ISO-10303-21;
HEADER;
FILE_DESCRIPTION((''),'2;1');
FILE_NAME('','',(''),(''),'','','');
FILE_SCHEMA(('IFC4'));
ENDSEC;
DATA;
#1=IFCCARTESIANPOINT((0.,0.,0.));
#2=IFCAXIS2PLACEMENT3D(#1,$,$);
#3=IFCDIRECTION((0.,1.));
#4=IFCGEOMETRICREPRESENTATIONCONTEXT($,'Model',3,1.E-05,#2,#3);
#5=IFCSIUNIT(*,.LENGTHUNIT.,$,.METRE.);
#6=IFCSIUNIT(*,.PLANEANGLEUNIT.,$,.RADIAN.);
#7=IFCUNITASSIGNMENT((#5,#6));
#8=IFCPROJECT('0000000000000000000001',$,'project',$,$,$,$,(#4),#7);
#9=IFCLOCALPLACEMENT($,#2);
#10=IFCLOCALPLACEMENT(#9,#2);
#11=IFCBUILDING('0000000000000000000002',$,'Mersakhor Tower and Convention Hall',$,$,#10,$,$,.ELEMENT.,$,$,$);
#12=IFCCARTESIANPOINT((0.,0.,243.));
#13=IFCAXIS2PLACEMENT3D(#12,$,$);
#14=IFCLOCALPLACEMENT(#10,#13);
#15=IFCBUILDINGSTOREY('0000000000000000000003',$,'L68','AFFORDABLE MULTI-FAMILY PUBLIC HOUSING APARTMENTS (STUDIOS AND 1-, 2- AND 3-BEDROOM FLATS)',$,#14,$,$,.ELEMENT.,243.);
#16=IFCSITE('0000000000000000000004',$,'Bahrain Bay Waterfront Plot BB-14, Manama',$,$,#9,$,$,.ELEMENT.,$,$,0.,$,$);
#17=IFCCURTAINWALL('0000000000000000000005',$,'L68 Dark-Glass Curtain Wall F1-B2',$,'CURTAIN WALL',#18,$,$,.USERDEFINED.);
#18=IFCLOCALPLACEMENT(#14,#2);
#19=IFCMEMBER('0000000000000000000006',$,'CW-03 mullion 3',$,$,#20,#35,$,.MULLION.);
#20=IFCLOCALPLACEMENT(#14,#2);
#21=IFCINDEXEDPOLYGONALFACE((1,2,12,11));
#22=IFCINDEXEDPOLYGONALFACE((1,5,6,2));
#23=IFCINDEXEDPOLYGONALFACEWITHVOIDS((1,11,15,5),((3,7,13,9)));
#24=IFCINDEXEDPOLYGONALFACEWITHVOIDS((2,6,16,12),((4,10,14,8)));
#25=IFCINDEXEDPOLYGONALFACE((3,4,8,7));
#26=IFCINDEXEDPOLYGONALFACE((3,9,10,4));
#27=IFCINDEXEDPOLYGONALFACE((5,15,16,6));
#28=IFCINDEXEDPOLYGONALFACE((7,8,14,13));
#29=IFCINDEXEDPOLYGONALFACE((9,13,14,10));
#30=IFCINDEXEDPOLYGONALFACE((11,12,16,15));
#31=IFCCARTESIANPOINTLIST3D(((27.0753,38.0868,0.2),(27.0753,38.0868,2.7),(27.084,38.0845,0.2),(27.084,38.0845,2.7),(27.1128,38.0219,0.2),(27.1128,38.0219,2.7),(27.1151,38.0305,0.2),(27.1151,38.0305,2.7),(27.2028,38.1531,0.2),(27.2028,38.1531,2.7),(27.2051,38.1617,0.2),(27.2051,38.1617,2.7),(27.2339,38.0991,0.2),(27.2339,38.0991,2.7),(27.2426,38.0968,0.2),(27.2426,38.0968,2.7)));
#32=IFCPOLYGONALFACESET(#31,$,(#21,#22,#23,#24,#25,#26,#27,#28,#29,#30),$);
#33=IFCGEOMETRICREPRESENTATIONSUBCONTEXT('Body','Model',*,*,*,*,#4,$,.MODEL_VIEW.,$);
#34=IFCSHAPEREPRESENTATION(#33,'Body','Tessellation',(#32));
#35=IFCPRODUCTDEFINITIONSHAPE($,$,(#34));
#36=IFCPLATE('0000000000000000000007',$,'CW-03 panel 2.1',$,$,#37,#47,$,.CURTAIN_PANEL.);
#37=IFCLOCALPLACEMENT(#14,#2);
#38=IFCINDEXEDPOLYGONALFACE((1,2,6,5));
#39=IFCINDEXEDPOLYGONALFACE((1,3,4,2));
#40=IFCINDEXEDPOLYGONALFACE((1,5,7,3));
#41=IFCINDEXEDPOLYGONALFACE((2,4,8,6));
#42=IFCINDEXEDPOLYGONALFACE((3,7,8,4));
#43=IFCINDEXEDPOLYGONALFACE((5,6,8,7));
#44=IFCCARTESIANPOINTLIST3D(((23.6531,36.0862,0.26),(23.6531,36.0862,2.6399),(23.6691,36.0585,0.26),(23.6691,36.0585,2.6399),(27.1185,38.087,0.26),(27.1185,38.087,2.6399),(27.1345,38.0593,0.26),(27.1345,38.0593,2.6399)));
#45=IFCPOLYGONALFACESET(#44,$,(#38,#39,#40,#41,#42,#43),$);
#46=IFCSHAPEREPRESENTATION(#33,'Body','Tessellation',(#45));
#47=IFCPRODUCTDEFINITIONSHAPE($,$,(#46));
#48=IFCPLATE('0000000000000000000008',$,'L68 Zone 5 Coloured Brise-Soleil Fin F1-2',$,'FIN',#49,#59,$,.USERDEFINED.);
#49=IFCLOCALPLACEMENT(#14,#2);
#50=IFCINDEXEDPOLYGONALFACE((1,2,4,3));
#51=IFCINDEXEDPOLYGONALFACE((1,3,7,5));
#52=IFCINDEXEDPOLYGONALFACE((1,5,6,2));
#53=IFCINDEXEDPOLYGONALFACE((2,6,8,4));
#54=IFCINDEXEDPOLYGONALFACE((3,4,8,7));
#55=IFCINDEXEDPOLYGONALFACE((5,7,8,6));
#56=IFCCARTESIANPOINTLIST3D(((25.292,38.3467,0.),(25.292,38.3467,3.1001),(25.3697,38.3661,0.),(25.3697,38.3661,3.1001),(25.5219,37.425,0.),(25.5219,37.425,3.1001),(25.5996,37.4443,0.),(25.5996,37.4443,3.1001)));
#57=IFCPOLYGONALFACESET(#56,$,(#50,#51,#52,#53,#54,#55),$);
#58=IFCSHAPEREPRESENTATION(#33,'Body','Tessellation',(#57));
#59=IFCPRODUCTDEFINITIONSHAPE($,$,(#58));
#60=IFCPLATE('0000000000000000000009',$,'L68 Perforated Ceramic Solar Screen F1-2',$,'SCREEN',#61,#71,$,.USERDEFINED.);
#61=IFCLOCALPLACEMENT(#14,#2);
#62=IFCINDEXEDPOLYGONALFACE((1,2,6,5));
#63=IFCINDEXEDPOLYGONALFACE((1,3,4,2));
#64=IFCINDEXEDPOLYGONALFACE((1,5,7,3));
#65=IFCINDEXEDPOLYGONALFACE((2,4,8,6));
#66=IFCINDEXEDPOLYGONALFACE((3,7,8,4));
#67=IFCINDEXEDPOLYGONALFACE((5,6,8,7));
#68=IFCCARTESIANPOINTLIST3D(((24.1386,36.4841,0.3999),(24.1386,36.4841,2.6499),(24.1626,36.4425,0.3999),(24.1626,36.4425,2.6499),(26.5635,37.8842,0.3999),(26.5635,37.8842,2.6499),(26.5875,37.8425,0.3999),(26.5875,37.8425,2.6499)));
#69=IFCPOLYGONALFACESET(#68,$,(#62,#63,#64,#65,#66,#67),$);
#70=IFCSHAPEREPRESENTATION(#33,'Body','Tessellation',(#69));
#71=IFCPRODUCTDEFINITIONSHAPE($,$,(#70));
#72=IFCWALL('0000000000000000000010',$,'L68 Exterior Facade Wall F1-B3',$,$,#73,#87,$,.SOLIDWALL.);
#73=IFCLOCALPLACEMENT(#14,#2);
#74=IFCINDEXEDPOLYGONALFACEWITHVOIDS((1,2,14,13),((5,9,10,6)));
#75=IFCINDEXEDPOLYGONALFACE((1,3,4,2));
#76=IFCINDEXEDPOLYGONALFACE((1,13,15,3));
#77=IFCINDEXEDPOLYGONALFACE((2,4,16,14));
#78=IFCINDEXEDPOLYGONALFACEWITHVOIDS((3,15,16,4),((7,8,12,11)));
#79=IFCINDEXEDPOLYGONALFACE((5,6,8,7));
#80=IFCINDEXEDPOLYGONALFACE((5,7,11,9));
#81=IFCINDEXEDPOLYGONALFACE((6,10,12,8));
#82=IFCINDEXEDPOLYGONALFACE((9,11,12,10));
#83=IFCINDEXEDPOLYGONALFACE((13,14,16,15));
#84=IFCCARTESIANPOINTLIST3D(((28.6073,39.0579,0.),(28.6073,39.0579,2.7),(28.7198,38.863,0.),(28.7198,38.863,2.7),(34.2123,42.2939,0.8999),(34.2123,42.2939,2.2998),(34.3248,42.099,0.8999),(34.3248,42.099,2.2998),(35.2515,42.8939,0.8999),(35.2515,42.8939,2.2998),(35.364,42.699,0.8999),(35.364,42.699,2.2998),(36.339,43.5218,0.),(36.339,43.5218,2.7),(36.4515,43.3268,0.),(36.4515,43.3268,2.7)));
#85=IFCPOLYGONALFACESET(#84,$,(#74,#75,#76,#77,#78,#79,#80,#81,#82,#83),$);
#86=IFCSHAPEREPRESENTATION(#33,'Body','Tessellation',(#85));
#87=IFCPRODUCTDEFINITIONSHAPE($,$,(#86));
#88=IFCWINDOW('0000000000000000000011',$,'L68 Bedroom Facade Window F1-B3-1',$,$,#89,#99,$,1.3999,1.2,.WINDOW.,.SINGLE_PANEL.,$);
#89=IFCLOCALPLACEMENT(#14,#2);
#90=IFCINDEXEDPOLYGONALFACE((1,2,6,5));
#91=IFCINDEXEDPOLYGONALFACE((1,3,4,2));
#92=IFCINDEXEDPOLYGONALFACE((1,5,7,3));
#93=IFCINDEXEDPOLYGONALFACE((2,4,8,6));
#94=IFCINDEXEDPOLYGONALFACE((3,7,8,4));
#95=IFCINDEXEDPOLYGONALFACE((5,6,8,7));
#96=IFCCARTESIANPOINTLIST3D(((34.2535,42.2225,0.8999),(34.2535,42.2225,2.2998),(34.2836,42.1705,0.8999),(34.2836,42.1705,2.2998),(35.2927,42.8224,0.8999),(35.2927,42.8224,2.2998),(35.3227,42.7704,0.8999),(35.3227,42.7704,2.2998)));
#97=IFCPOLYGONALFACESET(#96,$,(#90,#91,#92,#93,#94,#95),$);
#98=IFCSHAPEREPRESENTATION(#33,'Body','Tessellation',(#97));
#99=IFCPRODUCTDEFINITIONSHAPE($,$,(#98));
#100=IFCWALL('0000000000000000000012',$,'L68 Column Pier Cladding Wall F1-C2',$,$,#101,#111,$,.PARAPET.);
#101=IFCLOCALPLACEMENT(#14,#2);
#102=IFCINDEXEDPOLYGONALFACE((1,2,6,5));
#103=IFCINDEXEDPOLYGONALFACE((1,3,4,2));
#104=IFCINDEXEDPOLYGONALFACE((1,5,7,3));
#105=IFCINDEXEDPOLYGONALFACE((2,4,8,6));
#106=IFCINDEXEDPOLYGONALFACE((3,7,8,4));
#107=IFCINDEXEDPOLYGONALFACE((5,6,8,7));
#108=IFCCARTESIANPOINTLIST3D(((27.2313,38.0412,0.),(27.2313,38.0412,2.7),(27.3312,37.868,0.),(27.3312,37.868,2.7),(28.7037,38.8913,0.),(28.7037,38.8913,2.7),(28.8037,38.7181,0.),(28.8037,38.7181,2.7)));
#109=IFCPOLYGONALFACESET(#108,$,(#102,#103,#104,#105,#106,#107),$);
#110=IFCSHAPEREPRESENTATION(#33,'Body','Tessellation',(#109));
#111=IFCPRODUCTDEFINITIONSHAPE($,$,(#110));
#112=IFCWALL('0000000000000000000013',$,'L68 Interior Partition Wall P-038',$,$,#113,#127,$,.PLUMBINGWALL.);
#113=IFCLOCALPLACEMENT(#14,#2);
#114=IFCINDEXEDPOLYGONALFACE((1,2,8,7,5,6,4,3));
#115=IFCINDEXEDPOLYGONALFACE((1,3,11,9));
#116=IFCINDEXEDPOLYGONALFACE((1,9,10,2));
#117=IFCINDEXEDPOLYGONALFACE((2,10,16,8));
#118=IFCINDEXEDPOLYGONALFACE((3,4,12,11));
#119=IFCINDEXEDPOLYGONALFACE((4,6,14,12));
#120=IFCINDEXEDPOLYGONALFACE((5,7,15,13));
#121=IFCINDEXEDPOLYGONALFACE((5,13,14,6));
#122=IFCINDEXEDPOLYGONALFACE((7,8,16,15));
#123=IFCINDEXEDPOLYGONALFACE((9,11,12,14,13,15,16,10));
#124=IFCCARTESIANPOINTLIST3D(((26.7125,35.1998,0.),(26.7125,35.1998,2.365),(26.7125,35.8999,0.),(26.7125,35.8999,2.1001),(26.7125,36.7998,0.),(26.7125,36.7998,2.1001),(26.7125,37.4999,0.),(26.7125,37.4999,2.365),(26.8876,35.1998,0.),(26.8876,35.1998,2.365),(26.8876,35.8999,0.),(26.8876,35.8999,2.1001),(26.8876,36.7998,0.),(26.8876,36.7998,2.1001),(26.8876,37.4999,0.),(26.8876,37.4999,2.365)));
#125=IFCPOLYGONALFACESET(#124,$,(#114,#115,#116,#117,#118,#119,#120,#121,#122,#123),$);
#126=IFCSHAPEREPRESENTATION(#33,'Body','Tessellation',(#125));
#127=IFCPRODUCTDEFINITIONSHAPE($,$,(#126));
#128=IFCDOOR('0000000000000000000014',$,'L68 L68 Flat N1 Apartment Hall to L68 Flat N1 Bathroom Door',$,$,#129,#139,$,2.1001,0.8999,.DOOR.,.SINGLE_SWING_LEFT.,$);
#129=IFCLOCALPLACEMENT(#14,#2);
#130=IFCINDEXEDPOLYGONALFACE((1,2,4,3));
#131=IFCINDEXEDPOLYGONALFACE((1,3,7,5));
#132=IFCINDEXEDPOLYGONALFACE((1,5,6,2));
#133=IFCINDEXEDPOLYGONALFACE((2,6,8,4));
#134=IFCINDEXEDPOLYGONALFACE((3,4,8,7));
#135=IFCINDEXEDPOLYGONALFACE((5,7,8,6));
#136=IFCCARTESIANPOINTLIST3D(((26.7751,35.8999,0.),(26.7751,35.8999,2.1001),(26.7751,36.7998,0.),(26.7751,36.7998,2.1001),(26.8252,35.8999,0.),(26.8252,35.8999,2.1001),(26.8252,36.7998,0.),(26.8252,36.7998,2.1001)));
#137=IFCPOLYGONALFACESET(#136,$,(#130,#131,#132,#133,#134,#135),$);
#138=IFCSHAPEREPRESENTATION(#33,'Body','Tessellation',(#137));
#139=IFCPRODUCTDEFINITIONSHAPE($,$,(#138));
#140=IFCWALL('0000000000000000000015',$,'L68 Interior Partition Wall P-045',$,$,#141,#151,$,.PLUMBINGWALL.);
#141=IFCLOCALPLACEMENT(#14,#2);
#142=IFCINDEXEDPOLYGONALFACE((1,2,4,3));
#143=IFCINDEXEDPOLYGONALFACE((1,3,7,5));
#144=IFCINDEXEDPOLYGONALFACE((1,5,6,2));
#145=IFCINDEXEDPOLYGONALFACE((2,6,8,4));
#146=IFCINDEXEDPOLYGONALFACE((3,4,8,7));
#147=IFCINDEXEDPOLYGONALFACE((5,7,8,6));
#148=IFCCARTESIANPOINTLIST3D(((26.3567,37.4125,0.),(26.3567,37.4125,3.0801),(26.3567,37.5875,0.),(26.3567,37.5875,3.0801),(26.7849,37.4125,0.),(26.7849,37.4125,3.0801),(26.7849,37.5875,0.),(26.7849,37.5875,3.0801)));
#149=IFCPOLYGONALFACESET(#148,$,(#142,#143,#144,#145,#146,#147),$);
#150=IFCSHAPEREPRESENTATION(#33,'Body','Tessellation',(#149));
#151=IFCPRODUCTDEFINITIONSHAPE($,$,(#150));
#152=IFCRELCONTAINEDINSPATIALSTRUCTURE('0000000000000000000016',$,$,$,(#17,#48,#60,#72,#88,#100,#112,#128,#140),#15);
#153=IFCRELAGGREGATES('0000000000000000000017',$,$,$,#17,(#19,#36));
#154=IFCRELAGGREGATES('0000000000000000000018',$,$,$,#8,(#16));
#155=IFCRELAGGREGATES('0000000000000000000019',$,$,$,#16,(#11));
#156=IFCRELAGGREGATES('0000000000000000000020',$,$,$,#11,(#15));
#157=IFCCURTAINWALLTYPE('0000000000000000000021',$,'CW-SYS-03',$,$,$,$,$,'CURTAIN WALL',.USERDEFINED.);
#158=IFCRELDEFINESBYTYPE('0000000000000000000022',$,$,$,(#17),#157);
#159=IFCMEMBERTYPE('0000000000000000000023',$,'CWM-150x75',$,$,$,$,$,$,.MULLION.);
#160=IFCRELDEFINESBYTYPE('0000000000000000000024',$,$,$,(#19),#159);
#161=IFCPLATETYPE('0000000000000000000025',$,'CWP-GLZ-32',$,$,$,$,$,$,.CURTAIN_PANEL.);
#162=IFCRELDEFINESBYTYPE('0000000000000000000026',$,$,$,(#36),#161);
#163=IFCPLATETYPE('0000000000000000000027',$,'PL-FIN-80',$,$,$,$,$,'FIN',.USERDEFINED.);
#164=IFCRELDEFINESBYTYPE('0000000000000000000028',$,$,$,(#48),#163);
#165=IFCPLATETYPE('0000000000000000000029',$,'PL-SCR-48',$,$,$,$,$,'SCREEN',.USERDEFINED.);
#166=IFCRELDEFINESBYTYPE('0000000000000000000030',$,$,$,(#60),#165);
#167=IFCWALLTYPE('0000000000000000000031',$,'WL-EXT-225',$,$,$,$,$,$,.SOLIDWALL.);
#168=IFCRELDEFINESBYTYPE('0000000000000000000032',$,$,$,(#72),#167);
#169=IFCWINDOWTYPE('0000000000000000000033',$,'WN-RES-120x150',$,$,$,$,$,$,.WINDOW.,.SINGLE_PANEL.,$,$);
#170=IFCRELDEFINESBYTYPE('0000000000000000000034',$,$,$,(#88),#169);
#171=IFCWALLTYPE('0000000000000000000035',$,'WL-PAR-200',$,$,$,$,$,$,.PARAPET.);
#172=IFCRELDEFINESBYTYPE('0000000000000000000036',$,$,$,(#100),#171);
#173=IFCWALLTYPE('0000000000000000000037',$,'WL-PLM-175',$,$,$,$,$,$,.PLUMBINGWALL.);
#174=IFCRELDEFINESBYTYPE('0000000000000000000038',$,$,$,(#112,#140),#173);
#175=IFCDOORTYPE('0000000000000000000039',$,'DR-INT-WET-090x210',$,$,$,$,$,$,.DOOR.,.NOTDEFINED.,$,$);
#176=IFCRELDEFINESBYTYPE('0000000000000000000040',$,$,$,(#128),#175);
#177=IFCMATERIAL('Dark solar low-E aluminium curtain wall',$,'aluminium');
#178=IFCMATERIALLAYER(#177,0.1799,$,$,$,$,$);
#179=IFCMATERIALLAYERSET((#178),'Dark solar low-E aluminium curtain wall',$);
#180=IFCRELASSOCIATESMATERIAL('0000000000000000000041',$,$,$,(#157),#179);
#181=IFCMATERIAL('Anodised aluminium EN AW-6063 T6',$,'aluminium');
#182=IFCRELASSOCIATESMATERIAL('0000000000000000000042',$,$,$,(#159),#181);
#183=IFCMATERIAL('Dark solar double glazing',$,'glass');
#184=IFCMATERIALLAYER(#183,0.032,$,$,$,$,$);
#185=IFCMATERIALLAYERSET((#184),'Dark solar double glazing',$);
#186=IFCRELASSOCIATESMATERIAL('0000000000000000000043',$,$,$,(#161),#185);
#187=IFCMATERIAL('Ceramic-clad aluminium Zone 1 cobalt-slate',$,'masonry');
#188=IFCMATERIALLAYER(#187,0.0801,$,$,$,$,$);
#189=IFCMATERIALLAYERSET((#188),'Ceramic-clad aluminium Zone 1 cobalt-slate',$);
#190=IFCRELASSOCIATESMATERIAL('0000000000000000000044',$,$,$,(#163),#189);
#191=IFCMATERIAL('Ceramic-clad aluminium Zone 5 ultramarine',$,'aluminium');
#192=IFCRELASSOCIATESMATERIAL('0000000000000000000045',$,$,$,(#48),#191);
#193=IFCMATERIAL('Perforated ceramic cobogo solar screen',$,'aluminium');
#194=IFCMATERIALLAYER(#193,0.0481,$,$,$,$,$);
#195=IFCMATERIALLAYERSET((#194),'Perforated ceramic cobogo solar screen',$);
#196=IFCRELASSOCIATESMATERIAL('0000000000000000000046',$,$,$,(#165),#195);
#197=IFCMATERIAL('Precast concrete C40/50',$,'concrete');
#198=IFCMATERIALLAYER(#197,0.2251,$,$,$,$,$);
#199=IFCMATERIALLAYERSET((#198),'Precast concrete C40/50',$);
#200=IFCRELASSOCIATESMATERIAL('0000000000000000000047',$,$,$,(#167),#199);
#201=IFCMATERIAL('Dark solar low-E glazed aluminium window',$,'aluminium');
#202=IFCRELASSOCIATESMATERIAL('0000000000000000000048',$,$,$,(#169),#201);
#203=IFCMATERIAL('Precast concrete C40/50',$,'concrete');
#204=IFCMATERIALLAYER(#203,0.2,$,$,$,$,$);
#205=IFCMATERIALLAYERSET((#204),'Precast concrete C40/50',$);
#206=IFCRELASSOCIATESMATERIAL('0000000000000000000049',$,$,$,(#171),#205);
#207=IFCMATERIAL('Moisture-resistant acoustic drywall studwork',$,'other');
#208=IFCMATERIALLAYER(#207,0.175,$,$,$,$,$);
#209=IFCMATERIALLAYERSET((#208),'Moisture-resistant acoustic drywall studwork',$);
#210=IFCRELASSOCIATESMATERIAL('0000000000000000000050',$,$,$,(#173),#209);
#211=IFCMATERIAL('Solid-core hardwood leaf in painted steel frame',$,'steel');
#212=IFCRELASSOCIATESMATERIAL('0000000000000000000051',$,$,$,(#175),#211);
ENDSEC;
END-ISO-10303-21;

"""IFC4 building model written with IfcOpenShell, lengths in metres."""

from ifc_helpers import new_model, si_unit, direction, frame, frame_2d, origin, origin_2d, place, context, subcontext, project, spatial, rectangle, hollow_rectangle, extrude, material, layer, layer_set, material_profile, profile_set, type_object, element, fill, aggregate, save


model = new_model("IFC4")

# Units and contexts
model_context = context("Model", 3, precision=1e-05, world=origin(), true_north=direction((0.0, 1.0)))
body_context = subcontext(model_context, "Body", "Model", "MODEL_VIEW")
ifc_project = project(units=[si_unit("LENGTHUNIT", "METRE"), si_unit("PLANEANGLEUNIT", "RADIAN")], contexts=[model_context])

# Site, building, storey
site_placement = place(None, origin())
site = spatial("IfcSite", under=ifc_project, at=site_placement, Name="Bahrain Bay Waterfront Plot BB-14, Manama", CompositionType="ELEMENT", RefElevation=0.0)
building_placement = place(site_placement, origin())
building = spatial("IfcBuilding", under=site, at=building_placement, Name="Mersakhor Tower and Convention Hall", CompositionType="ELEMENT")
storey_placement = place(building_placement, frame((0.0, 0.0, 243.0)))
storey = spatial("IfcBuildingStorey", under=building, at=storey_placement, Name="L68", Description="AFFORDABLE MULTI-FAMILY PUBLIC HOUSING APARTMENTS (STUDIOS AND 1-, 2- AND 3-BEDROOM FLATS)", CompositionType="ELEMENT", Elevation=243.0)

# Curtain wall, member, plate
ifc_material_1 = material(Name="Dark solar low-E aluminium curtain wall", Category="aluminium")
ifc_layer_1 = layer(ifc_material_1, 0.1799)
ifc_layer_set_1 = layer_set([ifc_layer_1], Name="Dark solar low-E aluminium curtain wall")
curtain_wall_type = type_object("IfcCurtainWallType", Name="CW-SYS-03", ElementType="CURTAIN WALL", PredefinedType="USERDEFINED", material=ifc_layer_set_1)
curtain_wall_placement = place(storey_placement, origin())
curtain_wall = element("IfcCurtainWall", 1, at=curtain_wall_placement, inside=storey, type_object=curtain_wall_type, Name="L68 Dark-Glass Curtain Wall F1-B2", ObjectType="CURTAIN WALL", PredefinedType="USERDEFINED")
ifc_material_2 = material(Name="Anodised aluminium EN AW-6063 T6", Category="aluminium")
ifc_material_profile = material_profile(ifc_material_2, hollow_rectangle(XDim=0.075, YDim=0.1499, WallThickness=0.0063, at=origin_2d()), Name="RHS 150x75x6.3")
ifc_profile_set = profile_set([ifc_material_profile], Name="Anodised aluminium EN AW-6063 T6")
member_type = type_object("IfcMemberType", Name="CWM-150x75", PredefinedType="MULLION", material=ifc_profile_set)
member_placement = place(storey_placement, frame((27.1589, 38.0918, 0.2), z_axis=(0.0, 0.0, 1.0), x_axis=(-0.500004, 0.866023, 0.0)))
member = element("IfcMember", 2, at=member_placement, type_object=member_type, Name="CW-03 mullion 3", PredefinedType="MULLION", context=body_context, shape_type="SweptSolid", body=[
    extrude(hollow_rectangle(XDim=0.075, YDim=0.1499, WallThickness=0.0063, at=origin_2d()), origin(), (0.0, 0.0, 1.0), 2.5),
])
ifc_material_3 = material(Name="Dark solar double glazing", Category="glass")
ifc_layer_2 = layer(ifc_material_3, 0.032)
ifc_layer_set_2 = layer_set([ifc_layer_2], Name="Dark solar double glazing")
plate_type_1 = type_object("IfcPlateType", Name="CWP-GLZ-32", PredefinedType="CURTAIN_PANEL", material=ifc_layer_set_2)
plate_1_placement = place(storey_placement, frame((25.3938, 37.0728, 0.26), z_axis=(0.0, 0.0, 1.0), x_axis=(0.866023, 0.500004, 0.0)))
plate_1 = element("IfcPlate", 3, at=plate_1_placement, type_object=plate_type_1, Name="CW-03 panel 2.1", PredefinedType="CURTAIN_PANEL", context=body_context, shape_type="SweptSolid", body=[
    extrude(rectangle(XDim=4.0015, YDim=0.032, at=origin_2d()), origin(), (0.0, 0.0, 1.0), 2.3799),
])
aggregate(curtain_wall, [member, plate_1])

# Plates
ifc_material_4 = material(Name="Ceramic-clad aluminium Zone 5 ultramarine", Category="aluminium")
ifc_material_5 = material(Name="Ceramic-clad aluminium Zone 1 cobalt-slate", Category="masonry")
ifc_layer_3 = layer(ifc_material_5, 0.0801)
ifc_layer_set_3 = layer_set([ifc_layer_3], Name="Ceramic-clad aluminium Zone 1 cobalt-slate")
plate_type_2 = type_object("IfcPlateType", Name="PL-FIN-80", ElementType="FIN", PredefinedType="USERDEFINED", material=ifc_layer_set_3)
plate_2_placement = place(storey_placement, frame((25.4458, 37.8955, 0.0), z_axis=(0.0, 0.0, 1.0), x_axis=(-0.241922, 0.970296, 0.0)))
element("IfcPlate", 4, at=plate_2_placement, inside=storey, type_object=plate_type_2, material=ifc_material_4, Name="L68 Zone 5 Coloured Brise-Soleil Fin F1-2", ObjectType="FIN", PredefinedType="USERDEFINED", context=body_context, shape_type="SweptSolid", body=[
    extrude(rectangle(XDim=0.95, YDim=0.0801, at=origin_2d()), origin(), (0.0, 0.0, 1.0), 3.1001),
])
ifc_material_6 = material(Name="Perforated ceramic cobogo solar screen", Category="aluminium")
ifc_layer_4 = layer(ifc_material_6, 0.0481)
ifc_layer_set_4 = layer_set([ifc_layer_4], Name="Perforated ceramic cobogo solar screen")
plate_type_3 = type_object("IfcPlateType", Name="PL-SCR-48", ElementType="SCREEN", PredefinedType="USERDEFINED", material=ifc_layer_set_4)
plate_3_placement = place(storey_placement, frame((25.363, 37.1633, 0.3999), z_axis=(0.0, 0.0, 1.0), x_axis=(0.866025, 0.5, 0.0)))
element("IfcPlate", 5, at=plate_3_placement, inside=storey, type_object=plate_type_3, Name="L68 Perforated Ceramic Solar Screen F1-2", ObjectType="SCREEN", PredefinedType="USERDEFINED", context=body_context, shape_type="SweptSolid", body=[
    extrude(rectangle(XDim=2.8, YDim=0.0481, at=origin_2d()), origin(), (0.0, 0.0, 1.0), 2.25),
])

# Wall, opening, window
ifc_material_7 = material(Name="Precast concrete C40/50", Category="concrete")
ifc_layer_5 = layer(ifc_material_7, 0.2251)
ifc_layer_set_5 = layer_set([ifc_layer_5], Name="Precast concrete C40/50")
wall_type_1 = type_object("IfcWallType", Name="WL-EXT-225", PredefinedType="SOLIDWALL", material=ifc_layer_set_5)
wall_1_placement = place(storey_placement, frame((28.6636, 38.9604, 0.0), z_axis=(0.0, 0.0, 1.0), x_axis=(0.866027, 0.499998, 0.0)))
wall_1 = element("IfcWall", 6, at=wall_1_placement, inside=storey, type_object=wall_type_1, Name="L68 Exterior Facade Wall F1-B3", PredefinedType="SOLIDWALL", context=body_context, shape_type="SweptSolid", body=[
    extrude(rectangle(XDim=8.9277, YDim=0.2251, at=frame_2d((4.4639, 0.0))), origin(), (0.0, 0.0, 1.0), 2.7),
])
opening_1_placement = place(wall_1_placement, frame((6.4719, 0.0, 0.8999)))
opening_1 = element("IfcOpeningElement", 7, at=opening_1_placement, cuts=wall_1, PredefinedType="OPENING", context=body_context, shape_type="SweptSolid", body=[
    extrude(rectangle(XDim=1.2, YDim=1.3999, at=frame_2d((0.6001, 0.7))), frame((0.0, 0.1226, 0.0), z_axis=(0.0, -1.0, 0.0), x_axis=(1.0, 0.0, 0.0)), (0.0, 0.0, 1.0), 0.2451),
])
ifc_material_8 = material(Name="Dark solar low-E glazed aluminium window", Category="aluminium")
window_type = type_object("IfcWindowType", Name="WN-RES-120x150", PartitioningType="SINGLE_PANEL", PredefinedType="WINDOW", material=ifc_material_8)
window_placement = place(opening_1_placement, origin())
window = element("IfcWindow", 8, at=window_placement, inside=storey, type_object=window_type, Name="L68 Bedroom Facade Window F1-B3-1", OverallHeight=1.3999, OverallWidth=1.2, PartitioningType="SINGLE_PANEL", PredefinedType="WINDOW", context=body_context, shape_type="SweptSolid", body=[
    extrude(rectangle(XDim=1.2, YDim=1.3999, at=frame_2d((0.6001, 0.7))), frame((0.0, 0.03, 0.0), z_axis=(0.0, -1.0, 0.0), x_axis=(1.0, 0.0, 0.0)), (0.0, 0.0, 1.0), 0.0601),
])
fill(opening_1, window)

# Wall
ifc_material_9 = material(Name="Precast concrete C40/50", Category="concrete")
ifc_layer_6 = layer(ifc_material_9, 0.2)
ifc_layer_set_6 = layer_set([ifc_layer_6], Name="Precast concrete C40/50")
wall_type_2 = type_object("IfcWallType", Name="WL-PAR-200", PredefinedType="PARAPET", material=ifc_layer_set_6)
wall_2_placement = place(storey_placement, frame((27.2812, 37.9546, 0.0), z_axis=(0.0, 0.0, 1.0), x_axis=(0.866025, 0.5, 0.0)))
element("IfcWall", 9, at=wall_2_placement, inside=storey, type_object=wall_type_2, Name="L68 Column Pier Cladding Wall F1-C2", PredefinedType="PARAPET", context=body_context, shape_type="SweptSolid", body=[
    extrude(rectangle(XDim=1.7002, YDim=0.2, at=frame_2d((0.8501, 0.0))), origin(), (0.0, 0.0, 1.0), 2.7),
])

# Wall, opening, door
ifc_material_10 = material(Name="Moisture-resistant acoustic drywall studwork", Category="other")
ifc_layer_7 = layer(ifc_material_10, 0.175)
ifc_layer_set_7 = layer_set([ifc_layer_7], Name="Moisture-resistant acoustic drywall studwork")
wall_type_3 = type_object("IfcWallType", Name="WL-PLM-175", PredefinedType="PLUMBINGWALL", material=ifc_layer_set_7)
wall_3_placement = place(storey_placement, frame((26.8, 35.2, 0.0), z_axis=(0.0, 0.0, 1.0), x_axis=(0.0, 1.0, 0.0)))
wall_3 = element("IfcWall", 10, at=wall_3_placement, inside=storey, type_object=wall_type_3, Name="L68 Interior Partition Wall P-038", PredefinedType="PLUMBINGWALL", context=body_context, shape_type="SweptSolid", body=[
    extrude(rectangle(XDim=2.3, YDim=0.175, at=frame_2d((1.1499, 0.0))), origin(), (0.0, 0.0, 1.0), 2.365),
])
opening_2_placement = place(wall_3_placement, frame((0.7, 0.0, 0.0)))
opening_2 = element("IfcOpeningElement", 11, at=opening_2_placement, cuts=wall_3, PredefinedType="OPENING", context=body_context, shape_type="SweptSolid", body=[
    extrude(rectangle(XDim=0.8999, YDim=2.1001, at=frame_2d((0.45, 1.05))), frame((0.0, 0.0974, 0.0), z_axis=(0.0, -1.0, 0.0), x_axis=(1.0, 0.0, 0.0)), (0.0, 0.0, 1.0), 0.1951),
])
ifc_material_11 = material(Name="Solid-core hardwood leaf in painted steel frame", Category="steel")
door_type_1 = type_object("IfcDoorType", Name="DR-INT-WET-090x210", OperationType="NOTDEFINED", PredefinedType="DOOR", material=ifc_material_11)
door_1_placement = place(opening_2_placement, origin())
door_1 = element("IfcDoor", 12, at=door_1_placement, inside=storey, type_object=door_type_1, Name="L68 L68 Flat N1 Apartment Hall to L68 Flat N1 Bathroom Door", OperationType="SINGLE_SWING_LEFT", OverallHeight=2.1001, OverallWidth=0.8999, PredefinedType="DOOR", context=body_context, shape_type="SweptSolid", body=[
    extrude(rectangle(XDim=0.8999, YDim=2.1001, at=frame_2d((0.45, 1.05))), frame((0.0, 0.0249, 0.0), z_axis=(0.0, -1.0, 0.0), x_axis=(1.0, 0.0, 0.0)), (0.0, 0.0, 1.0), 0.05),
])
fill(opening_2, door_1)

# Wall
wall_4_placement = place(storey_placement, frame((26.3567, 37.5, 0.0), z_axis=(0.0, 0.0, 1.0), x_axis=(1.0, 0.0, 0.0)))
element("IfcWall", 13, at=wall_4_placement, inside=storey, type_object=wall_type_3, Name="L68 Interior Partition Wall P-045", PredefinedType="PLUMBINGWALL", context=body_context, shape_type="SweptSolid", body=[
    extrude(rectangle(XDim=0.4282, YDim=0.175, at=frame_2d((0.2141, 0.0))), origin(), (0.0, 0.0, 1.0), 3.0801),
])

save(model, "model.ifc")
